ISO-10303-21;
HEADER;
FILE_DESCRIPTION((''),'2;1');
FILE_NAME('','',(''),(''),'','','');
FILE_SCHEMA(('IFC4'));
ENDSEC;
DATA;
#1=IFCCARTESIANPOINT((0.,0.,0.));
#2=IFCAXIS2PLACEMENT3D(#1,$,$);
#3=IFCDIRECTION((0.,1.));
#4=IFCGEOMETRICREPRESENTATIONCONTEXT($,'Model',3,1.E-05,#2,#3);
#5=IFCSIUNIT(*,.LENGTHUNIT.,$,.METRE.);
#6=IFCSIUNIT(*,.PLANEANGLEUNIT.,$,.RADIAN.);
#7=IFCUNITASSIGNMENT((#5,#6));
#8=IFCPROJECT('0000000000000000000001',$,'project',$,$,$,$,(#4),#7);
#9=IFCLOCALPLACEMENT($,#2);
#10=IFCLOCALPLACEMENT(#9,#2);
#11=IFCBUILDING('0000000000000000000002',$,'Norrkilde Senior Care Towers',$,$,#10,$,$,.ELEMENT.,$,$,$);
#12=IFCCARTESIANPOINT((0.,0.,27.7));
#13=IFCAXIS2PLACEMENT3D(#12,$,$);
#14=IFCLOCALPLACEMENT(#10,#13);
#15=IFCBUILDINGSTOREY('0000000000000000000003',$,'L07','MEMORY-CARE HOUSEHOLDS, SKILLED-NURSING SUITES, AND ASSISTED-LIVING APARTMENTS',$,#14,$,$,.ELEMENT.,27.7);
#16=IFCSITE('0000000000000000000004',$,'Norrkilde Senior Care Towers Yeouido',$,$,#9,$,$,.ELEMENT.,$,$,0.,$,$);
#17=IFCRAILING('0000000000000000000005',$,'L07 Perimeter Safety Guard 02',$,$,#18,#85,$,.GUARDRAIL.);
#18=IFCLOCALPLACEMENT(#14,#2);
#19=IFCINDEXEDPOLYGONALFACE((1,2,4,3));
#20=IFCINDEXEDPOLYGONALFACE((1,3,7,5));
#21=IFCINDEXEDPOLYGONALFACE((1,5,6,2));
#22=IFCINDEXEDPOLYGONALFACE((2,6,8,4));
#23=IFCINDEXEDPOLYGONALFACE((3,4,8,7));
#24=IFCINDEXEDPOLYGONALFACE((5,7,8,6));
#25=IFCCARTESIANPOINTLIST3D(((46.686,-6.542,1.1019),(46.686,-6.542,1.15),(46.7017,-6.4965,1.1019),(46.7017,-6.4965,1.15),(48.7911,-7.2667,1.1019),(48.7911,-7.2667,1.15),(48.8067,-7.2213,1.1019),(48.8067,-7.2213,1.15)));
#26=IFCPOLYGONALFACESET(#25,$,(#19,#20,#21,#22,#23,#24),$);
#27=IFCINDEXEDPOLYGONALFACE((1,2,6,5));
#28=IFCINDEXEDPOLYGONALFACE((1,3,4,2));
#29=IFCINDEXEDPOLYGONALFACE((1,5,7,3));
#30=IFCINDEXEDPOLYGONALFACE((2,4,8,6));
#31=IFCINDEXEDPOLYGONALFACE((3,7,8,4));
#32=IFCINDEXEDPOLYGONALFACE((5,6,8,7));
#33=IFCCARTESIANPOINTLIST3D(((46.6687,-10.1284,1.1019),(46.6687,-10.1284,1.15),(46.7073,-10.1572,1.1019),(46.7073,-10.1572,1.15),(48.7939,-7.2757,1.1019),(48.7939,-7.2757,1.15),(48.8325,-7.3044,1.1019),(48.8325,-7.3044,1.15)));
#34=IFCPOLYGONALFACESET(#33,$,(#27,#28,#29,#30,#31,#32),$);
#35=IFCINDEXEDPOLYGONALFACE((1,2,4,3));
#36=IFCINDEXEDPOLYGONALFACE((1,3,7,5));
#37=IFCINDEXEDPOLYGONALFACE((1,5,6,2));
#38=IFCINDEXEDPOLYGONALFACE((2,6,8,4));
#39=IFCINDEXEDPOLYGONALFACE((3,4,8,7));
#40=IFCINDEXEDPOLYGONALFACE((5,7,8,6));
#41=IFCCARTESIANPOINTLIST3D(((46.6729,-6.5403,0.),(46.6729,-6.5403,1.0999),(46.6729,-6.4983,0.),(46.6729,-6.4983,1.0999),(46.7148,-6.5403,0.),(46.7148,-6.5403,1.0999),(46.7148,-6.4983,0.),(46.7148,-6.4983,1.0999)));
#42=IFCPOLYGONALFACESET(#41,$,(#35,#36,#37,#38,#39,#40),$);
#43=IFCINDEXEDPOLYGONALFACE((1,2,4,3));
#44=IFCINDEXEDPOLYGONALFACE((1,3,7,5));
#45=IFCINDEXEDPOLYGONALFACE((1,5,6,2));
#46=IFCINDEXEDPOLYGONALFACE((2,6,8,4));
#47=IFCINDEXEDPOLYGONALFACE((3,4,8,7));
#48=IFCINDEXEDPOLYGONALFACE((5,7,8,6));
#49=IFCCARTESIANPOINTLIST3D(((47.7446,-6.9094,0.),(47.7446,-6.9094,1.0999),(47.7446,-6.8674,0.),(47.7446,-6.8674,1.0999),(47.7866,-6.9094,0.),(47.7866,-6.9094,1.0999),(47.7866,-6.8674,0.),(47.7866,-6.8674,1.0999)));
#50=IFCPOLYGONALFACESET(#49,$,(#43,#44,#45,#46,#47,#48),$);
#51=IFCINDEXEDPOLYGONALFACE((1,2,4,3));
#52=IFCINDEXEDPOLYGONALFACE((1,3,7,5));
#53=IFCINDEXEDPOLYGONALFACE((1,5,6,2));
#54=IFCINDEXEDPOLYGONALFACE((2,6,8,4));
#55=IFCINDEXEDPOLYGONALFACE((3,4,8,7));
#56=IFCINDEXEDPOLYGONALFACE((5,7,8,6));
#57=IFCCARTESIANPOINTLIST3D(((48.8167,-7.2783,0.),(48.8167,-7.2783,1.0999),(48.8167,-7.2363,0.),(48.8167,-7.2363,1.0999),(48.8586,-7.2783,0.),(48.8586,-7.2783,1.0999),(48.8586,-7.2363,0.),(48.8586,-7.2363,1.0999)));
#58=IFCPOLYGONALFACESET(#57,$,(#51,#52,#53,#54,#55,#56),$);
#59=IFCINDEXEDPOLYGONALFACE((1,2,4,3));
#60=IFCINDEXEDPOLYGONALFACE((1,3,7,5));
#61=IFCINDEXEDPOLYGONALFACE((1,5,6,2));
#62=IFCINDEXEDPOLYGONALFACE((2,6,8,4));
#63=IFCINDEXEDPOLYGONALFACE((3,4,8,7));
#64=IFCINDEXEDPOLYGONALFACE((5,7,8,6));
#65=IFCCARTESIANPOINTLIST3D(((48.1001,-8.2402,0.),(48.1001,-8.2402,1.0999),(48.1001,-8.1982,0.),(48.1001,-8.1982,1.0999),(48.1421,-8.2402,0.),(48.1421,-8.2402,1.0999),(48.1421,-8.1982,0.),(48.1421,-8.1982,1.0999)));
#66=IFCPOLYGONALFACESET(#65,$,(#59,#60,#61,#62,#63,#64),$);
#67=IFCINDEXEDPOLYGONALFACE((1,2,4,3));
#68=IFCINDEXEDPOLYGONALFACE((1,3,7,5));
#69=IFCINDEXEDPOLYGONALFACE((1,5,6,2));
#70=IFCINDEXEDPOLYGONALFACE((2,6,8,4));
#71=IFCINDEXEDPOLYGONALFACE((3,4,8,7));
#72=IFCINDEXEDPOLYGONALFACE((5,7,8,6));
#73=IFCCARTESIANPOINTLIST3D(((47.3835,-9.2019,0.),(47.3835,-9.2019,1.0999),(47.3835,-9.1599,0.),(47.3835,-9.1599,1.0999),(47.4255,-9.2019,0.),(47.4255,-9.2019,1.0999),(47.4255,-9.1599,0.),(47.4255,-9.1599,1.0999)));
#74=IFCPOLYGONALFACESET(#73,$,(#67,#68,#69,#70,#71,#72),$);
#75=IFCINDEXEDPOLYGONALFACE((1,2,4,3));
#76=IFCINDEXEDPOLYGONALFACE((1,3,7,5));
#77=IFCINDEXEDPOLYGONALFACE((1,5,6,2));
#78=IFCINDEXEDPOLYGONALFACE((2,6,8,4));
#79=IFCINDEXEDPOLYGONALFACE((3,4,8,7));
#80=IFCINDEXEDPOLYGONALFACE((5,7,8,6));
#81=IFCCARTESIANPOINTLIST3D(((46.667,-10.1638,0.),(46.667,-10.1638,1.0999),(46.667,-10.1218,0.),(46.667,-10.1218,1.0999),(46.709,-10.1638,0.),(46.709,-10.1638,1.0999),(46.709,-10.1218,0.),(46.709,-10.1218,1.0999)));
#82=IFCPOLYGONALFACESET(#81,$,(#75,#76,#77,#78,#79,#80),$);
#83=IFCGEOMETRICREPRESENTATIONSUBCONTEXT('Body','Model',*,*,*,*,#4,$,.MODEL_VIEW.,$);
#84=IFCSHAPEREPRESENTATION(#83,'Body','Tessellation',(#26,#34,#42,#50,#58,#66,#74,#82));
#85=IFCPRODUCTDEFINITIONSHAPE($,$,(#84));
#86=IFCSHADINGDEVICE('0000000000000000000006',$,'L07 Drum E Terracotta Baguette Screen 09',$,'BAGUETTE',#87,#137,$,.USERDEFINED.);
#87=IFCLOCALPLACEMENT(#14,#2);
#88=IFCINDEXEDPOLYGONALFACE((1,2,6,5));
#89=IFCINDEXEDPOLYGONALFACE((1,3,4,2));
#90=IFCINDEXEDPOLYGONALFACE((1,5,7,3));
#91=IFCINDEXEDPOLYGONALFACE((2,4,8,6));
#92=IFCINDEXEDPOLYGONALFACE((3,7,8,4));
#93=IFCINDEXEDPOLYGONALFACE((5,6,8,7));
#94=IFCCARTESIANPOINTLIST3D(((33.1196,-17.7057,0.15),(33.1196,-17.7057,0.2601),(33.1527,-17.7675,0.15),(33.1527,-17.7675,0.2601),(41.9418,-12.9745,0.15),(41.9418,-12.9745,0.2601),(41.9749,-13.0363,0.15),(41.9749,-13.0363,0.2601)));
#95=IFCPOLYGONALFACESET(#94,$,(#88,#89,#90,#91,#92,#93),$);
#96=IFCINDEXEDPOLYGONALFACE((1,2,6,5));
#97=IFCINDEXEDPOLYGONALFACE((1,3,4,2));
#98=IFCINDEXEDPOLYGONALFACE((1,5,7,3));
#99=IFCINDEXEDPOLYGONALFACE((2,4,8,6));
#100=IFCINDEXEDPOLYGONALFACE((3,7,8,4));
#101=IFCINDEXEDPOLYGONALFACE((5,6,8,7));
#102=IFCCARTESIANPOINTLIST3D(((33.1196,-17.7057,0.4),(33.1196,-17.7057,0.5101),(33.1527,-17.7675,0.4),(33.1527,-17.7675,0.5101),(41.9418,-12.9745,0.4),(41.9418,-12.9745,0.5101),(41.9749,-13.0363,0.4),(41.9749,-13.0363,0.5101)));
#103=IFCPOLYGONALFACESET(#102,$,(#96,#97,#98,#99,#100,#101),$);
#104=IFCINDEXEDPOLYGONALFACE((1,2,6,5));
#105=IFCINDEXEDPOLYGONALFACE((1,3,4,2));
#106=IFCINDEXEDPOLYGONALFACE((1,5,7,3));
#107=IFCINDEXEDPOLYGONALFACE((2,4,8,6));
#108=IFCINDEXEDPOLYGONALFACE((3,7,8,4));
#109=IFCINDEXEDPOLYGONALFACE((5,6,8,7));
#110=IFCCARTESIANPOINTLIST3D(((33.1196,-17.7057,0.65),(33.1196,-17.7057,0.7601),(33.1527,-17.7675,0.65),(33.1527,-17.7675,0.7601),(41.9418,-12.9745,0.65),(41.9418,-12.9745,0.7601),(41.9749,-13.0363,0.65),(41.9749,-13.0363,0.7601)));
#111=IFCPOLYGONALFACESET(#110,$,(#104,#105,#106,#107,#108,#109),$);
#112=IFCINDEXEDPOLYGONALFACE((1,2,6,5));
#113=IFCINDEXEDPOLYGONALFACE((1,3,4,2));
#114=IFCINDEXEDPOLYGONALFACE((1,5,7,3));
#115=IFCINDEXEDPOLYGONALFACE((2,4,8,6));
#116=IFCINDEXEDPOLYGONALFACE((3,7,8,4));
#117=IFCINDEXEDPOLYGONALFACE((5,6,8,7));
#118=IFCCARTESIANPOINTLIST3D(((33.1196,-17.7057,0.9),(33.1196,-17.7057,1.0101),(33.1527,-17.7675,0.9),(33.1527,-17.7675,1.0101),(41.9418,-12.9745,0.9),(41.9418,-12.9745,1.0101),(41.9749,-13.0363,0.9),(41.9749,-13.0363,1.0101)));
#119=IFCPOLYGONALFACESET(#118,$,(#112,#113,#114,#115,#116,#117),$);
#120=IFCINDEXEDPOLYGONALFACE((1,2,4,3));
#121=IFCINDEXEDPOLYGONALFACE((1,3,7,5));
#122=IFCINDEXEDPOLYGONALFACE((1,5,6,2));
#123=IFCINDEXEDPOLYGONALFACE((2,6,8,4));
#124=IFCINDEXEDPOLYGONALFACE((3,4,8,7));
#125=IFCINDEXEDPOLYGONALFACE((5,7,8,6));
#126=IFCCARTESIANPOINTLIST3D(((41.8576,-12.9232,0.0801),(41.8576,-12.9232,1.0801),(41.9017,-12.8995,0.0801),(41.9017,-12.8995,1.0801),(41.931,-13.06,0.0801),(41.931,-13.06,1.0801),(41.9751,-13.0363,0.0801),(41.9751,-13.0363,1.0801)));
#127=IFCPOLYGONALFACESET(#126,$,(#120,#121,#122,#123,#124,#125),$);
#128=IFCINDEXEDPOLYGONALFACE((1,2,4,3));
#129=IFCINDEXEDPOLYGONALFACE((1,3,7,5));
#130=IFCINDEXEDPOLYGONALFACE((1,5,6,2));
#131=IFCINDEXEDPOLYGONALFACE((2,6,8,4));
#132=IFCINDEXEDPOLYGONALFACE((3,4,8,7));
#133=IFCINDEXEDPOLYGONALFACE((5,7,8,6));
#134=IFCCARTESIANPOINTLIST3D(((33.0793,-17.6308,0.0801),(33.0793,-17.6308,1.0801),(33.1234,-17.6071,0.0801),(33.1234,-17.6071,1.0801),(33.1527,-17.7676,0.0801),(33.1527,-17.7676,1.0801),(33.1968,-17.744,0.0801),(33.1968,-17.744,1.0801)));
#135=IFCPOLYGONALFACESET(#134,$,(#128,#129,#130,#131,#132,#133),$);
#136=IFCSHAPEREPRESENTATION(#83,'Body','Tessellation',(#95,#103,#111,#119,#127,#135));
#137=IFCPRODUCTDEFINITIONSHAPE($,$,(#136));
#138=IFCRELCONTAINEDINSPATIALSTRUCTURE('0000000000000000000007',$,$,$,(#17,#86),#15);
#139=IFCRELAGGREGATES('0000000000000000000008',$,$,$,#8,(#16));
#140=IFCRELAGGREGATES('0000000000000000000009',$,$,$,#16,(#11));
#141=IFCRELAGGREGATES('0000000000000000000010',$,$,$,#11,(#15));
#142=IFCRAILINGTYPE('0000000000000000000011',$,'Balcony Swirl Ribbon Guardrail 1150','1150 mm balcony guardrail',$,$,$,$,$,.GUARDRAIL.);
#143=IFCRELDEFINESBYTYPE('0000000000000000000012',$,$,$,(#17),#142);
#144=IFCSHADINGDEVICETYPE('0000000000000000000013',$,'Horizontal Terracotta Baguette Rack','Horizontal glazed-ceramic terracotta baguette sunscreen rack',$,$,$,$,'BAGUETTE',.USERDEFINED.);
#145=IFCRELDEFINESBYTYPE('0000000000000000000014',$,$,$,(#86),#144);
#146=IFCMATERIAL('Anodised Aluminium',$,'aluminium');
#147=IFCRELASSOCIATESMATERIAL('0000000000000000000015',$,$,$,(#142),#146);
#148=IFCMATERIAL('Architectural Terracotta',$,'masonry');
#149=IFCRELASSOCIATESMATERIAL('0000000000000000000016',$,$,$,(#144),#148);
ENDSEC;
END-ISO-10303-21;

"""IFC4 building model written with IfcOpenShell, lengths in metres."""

from ifc_helpers import new_model, si_unit, direction, frame, origin, origin_2d, place, context, subcontext, project, spatial, rectangle, extrude, source, transform, mapped, material, type_object, type_shapes, element, save


model = new_model("IFC4")

# Units and contexts
model_context = context("Model", 3, precision=1e-05, world=origin(), true_north=direction((0.0, 1.0)))
body_context = subcontext(model_context, "Body", "Model", "MODEL_VIEW")
ifc_project = project(units=[si_unit("LENGTHUNIT", "METRE"), si_unit("PLANEANGLEUNIT", "RADIAN")], contexts=[model_context])

# Site, building, storey
site_placement = place(None, origin())
site = spatial("IfcSite", under=ifc_project, at=site_placement, Name="Norrkilde Senior Care Towers Yeouido", CompositionType="ELEMENT", RefElevation=0.0)
building_placement = place(site_placement, origin())
building = spatial("IfcBuilding", under=site, at=building_placement, Name="Norrkilde Senior Care Towers", CompositionType="ELEMENT")
storey_placement = place(building_placement, frame((0.0, 0.0, 27.7)))
storey = spatial("IfcBuildingStorey", under=building, at=storey_placement, Name="L07", Description="MEMORY-CARE HOUSEHOLDS, SKILLED-NURSING SUITES, AND ASSISTED-LIVING APARTMENTS", CompositionType="ELEMENT", Elevation=27.7)

# Shared definitions
ifc_material_1 = material(Name="Anodised Aluminium", Category="aluminium")

# Railing
railing_type = type_object("IfcRailingType", Name="Balcony Swirl Ribbon Guardrail 1150", Description="1150 mm balcony guardrail", PredefinedType="GUARDRAIL", material=ifc_material_1)
railing_1_placement = place(storey_placement, frame((46.6938, -6.5193, 0.0)))
element("IfcRailing", 1, at=railing_1_placement, inside=storey, type_object=railing_type, Name="L07 Perimeter Safety Guard 02", PredefinedType="GUARDRAIL", context=body_context, shape_type="SweptSolid", body=[
    extrude(rectangle(XDim=0.0481, YDim=0.0481, at=origin_2d()), frame((0.0, 0.0, 1.126), z_axis=(0.945536, -0.325516, 0.0), x_axis=(0.325516, 0.945536, 0.0)), (0.0, 0.0, 1.0), 2.2263),
    extrude(rectangle(XDim=0.0481, YDim=0.0481, at=origin_2d()), frame((2.1194, -0.7708, 1.126), z_axis=(-0.597424, -0.801926, 0.0), x_axis=(0.801926, -0.597424, 0.0)), (0.0, 0.0, 1.0), 3.5574),
    extrude(rectangle(XDim=0.042, YDim=0.042, at=origin_2d()), origin(), (0.0, 0.0, 1.0), 1.0999),
    extrude(rectangle(XDim=0.042, YDim=0.042, at=origin_2d()), frame((1.0718, -0.3691, 0.0)), (0.0, 0.0, 1.0), 1.0999),
    extrude(rectangle(XDim=0.042, YDim=0.042, at=origin_2d()), frame((2.1438, -0.738, 0.0)), (0.0, 0.0, 1.0), 1.0999),
    extrude(rectangle(XDim=0.042, YDim=0.042, at=origin_2d()), frame((1.4272, -1.7, 0.0)), (0.0, 0.0, 1.0), 1.0999),
    extrude(rectangle(XDim=0.042, YDim=0.042, at=origin_2d()), frame((0.7107, -2.6616, 0.0)), (0.0, 0.0, 1.0), 1.0999),
    extrude(rectangle(XDim=0.042, YDim=0.042, at=origin_2d()), frame((-0.0059, -3.6235, 0.0)), (0.0, 0.0, 1.0), 1.0999),
])

# Shading device
ifc_material_2 = material(Name="Architectural Terracotta", Category="masonry")
shading_device_type = type_object("IfcShadingDeviceType", Name="Horizontal Terracotta Baguette Rack", Description="Horizontal glazed-ceramic terracotta baguette sunscreen rack", ElementType="BAGUETTE", PredefinedType="USERDEFINED", material=ifc_material_2)
shared_shape_1 = source(origin(), body_context, "Body", "SweptSolid", [
    extrude(rectangle(XDim=0.0701, YDim=0.1101, at=origin_2d()), frame((0.0, 0.0901, 0.125), z_axis=(1.0, 0.0, 0.0), x_axis=(0.0, 1.0, 0.0)), (0.0, 0.0, 1.0), 10.0107),
    extrude(rectangle(XDim=0.0701, YDim=0.1101, at=origin_2d()), frame((0.0, 0.0901, 0.375), z_axis=(1.0, 0.0, 0.0), x_axis=(0.0, 1.0, 0.0)), (0.0, 0.0, 1.0), 10.0107),
    extrude(rectangle(XDim=0.0701, YDim=0.1101, at=origin_2d()), frame((0.0, 0.0901, 0.625), z_axis=(1.0, 0.0, 0.0), x_axis=(0.0, 1.0, 0.0)), (0.0, 0.0, 1.0), 10.0107),
    extrude(rectangle(XDim=0.0701, YDim=0.1101, at=origin_2d()), frame((0.0, 0.0901, 0.875), z_axis=(1.0, 0.0, 0.0), x_axis=(0.0, 1.0, 0.0)), (0.0, 0.0, 1.0), 10.0107),
    extrude(rectangle(XDim=0.05, YDim=0.1553, at=origin_2d()), frame((0.0249, 0.0476, 0.0)), (0.0, 0.0, 1.0), 1.0),
    extrude(rectangle(XDim=0.05, YDim=0.1553, at=origin_2d()), frame((9.9858, 0.0476, 0.0)), (0.0, 0.0, 1.0), 1.0),
])
type_shapes(shading_device_type, [shared_shape_1])
shading_device_placement = place(storey_placement, frame((41.9158, -12.926, 0.0801), z_axis=(0.0, 0.0, 1.0), x_axis=(-0.88128, -0.472612, 0.0)))
element("IfcShadingDevice", 2, at=shading_device_placement, inside=storey, type_object=shading_device_type, Name="L07 Drum E Terracotta Baguette Screen 09", ObjectType="BAGUETTE", PredefinedType="USERDEFINED", context=body_context, shape_type="MappedRepresentation", body=[
    mapped(shared_shape_1, transform((0.0, 0.0, 0.0), x_axis=(1.0, 0.0, 0.0), y_axis=(0.0, 1.0, 0.0), z_axis=(0.0, 0.0, 1.0), scale=1.0)),
])

save(model, "model.ifc")
